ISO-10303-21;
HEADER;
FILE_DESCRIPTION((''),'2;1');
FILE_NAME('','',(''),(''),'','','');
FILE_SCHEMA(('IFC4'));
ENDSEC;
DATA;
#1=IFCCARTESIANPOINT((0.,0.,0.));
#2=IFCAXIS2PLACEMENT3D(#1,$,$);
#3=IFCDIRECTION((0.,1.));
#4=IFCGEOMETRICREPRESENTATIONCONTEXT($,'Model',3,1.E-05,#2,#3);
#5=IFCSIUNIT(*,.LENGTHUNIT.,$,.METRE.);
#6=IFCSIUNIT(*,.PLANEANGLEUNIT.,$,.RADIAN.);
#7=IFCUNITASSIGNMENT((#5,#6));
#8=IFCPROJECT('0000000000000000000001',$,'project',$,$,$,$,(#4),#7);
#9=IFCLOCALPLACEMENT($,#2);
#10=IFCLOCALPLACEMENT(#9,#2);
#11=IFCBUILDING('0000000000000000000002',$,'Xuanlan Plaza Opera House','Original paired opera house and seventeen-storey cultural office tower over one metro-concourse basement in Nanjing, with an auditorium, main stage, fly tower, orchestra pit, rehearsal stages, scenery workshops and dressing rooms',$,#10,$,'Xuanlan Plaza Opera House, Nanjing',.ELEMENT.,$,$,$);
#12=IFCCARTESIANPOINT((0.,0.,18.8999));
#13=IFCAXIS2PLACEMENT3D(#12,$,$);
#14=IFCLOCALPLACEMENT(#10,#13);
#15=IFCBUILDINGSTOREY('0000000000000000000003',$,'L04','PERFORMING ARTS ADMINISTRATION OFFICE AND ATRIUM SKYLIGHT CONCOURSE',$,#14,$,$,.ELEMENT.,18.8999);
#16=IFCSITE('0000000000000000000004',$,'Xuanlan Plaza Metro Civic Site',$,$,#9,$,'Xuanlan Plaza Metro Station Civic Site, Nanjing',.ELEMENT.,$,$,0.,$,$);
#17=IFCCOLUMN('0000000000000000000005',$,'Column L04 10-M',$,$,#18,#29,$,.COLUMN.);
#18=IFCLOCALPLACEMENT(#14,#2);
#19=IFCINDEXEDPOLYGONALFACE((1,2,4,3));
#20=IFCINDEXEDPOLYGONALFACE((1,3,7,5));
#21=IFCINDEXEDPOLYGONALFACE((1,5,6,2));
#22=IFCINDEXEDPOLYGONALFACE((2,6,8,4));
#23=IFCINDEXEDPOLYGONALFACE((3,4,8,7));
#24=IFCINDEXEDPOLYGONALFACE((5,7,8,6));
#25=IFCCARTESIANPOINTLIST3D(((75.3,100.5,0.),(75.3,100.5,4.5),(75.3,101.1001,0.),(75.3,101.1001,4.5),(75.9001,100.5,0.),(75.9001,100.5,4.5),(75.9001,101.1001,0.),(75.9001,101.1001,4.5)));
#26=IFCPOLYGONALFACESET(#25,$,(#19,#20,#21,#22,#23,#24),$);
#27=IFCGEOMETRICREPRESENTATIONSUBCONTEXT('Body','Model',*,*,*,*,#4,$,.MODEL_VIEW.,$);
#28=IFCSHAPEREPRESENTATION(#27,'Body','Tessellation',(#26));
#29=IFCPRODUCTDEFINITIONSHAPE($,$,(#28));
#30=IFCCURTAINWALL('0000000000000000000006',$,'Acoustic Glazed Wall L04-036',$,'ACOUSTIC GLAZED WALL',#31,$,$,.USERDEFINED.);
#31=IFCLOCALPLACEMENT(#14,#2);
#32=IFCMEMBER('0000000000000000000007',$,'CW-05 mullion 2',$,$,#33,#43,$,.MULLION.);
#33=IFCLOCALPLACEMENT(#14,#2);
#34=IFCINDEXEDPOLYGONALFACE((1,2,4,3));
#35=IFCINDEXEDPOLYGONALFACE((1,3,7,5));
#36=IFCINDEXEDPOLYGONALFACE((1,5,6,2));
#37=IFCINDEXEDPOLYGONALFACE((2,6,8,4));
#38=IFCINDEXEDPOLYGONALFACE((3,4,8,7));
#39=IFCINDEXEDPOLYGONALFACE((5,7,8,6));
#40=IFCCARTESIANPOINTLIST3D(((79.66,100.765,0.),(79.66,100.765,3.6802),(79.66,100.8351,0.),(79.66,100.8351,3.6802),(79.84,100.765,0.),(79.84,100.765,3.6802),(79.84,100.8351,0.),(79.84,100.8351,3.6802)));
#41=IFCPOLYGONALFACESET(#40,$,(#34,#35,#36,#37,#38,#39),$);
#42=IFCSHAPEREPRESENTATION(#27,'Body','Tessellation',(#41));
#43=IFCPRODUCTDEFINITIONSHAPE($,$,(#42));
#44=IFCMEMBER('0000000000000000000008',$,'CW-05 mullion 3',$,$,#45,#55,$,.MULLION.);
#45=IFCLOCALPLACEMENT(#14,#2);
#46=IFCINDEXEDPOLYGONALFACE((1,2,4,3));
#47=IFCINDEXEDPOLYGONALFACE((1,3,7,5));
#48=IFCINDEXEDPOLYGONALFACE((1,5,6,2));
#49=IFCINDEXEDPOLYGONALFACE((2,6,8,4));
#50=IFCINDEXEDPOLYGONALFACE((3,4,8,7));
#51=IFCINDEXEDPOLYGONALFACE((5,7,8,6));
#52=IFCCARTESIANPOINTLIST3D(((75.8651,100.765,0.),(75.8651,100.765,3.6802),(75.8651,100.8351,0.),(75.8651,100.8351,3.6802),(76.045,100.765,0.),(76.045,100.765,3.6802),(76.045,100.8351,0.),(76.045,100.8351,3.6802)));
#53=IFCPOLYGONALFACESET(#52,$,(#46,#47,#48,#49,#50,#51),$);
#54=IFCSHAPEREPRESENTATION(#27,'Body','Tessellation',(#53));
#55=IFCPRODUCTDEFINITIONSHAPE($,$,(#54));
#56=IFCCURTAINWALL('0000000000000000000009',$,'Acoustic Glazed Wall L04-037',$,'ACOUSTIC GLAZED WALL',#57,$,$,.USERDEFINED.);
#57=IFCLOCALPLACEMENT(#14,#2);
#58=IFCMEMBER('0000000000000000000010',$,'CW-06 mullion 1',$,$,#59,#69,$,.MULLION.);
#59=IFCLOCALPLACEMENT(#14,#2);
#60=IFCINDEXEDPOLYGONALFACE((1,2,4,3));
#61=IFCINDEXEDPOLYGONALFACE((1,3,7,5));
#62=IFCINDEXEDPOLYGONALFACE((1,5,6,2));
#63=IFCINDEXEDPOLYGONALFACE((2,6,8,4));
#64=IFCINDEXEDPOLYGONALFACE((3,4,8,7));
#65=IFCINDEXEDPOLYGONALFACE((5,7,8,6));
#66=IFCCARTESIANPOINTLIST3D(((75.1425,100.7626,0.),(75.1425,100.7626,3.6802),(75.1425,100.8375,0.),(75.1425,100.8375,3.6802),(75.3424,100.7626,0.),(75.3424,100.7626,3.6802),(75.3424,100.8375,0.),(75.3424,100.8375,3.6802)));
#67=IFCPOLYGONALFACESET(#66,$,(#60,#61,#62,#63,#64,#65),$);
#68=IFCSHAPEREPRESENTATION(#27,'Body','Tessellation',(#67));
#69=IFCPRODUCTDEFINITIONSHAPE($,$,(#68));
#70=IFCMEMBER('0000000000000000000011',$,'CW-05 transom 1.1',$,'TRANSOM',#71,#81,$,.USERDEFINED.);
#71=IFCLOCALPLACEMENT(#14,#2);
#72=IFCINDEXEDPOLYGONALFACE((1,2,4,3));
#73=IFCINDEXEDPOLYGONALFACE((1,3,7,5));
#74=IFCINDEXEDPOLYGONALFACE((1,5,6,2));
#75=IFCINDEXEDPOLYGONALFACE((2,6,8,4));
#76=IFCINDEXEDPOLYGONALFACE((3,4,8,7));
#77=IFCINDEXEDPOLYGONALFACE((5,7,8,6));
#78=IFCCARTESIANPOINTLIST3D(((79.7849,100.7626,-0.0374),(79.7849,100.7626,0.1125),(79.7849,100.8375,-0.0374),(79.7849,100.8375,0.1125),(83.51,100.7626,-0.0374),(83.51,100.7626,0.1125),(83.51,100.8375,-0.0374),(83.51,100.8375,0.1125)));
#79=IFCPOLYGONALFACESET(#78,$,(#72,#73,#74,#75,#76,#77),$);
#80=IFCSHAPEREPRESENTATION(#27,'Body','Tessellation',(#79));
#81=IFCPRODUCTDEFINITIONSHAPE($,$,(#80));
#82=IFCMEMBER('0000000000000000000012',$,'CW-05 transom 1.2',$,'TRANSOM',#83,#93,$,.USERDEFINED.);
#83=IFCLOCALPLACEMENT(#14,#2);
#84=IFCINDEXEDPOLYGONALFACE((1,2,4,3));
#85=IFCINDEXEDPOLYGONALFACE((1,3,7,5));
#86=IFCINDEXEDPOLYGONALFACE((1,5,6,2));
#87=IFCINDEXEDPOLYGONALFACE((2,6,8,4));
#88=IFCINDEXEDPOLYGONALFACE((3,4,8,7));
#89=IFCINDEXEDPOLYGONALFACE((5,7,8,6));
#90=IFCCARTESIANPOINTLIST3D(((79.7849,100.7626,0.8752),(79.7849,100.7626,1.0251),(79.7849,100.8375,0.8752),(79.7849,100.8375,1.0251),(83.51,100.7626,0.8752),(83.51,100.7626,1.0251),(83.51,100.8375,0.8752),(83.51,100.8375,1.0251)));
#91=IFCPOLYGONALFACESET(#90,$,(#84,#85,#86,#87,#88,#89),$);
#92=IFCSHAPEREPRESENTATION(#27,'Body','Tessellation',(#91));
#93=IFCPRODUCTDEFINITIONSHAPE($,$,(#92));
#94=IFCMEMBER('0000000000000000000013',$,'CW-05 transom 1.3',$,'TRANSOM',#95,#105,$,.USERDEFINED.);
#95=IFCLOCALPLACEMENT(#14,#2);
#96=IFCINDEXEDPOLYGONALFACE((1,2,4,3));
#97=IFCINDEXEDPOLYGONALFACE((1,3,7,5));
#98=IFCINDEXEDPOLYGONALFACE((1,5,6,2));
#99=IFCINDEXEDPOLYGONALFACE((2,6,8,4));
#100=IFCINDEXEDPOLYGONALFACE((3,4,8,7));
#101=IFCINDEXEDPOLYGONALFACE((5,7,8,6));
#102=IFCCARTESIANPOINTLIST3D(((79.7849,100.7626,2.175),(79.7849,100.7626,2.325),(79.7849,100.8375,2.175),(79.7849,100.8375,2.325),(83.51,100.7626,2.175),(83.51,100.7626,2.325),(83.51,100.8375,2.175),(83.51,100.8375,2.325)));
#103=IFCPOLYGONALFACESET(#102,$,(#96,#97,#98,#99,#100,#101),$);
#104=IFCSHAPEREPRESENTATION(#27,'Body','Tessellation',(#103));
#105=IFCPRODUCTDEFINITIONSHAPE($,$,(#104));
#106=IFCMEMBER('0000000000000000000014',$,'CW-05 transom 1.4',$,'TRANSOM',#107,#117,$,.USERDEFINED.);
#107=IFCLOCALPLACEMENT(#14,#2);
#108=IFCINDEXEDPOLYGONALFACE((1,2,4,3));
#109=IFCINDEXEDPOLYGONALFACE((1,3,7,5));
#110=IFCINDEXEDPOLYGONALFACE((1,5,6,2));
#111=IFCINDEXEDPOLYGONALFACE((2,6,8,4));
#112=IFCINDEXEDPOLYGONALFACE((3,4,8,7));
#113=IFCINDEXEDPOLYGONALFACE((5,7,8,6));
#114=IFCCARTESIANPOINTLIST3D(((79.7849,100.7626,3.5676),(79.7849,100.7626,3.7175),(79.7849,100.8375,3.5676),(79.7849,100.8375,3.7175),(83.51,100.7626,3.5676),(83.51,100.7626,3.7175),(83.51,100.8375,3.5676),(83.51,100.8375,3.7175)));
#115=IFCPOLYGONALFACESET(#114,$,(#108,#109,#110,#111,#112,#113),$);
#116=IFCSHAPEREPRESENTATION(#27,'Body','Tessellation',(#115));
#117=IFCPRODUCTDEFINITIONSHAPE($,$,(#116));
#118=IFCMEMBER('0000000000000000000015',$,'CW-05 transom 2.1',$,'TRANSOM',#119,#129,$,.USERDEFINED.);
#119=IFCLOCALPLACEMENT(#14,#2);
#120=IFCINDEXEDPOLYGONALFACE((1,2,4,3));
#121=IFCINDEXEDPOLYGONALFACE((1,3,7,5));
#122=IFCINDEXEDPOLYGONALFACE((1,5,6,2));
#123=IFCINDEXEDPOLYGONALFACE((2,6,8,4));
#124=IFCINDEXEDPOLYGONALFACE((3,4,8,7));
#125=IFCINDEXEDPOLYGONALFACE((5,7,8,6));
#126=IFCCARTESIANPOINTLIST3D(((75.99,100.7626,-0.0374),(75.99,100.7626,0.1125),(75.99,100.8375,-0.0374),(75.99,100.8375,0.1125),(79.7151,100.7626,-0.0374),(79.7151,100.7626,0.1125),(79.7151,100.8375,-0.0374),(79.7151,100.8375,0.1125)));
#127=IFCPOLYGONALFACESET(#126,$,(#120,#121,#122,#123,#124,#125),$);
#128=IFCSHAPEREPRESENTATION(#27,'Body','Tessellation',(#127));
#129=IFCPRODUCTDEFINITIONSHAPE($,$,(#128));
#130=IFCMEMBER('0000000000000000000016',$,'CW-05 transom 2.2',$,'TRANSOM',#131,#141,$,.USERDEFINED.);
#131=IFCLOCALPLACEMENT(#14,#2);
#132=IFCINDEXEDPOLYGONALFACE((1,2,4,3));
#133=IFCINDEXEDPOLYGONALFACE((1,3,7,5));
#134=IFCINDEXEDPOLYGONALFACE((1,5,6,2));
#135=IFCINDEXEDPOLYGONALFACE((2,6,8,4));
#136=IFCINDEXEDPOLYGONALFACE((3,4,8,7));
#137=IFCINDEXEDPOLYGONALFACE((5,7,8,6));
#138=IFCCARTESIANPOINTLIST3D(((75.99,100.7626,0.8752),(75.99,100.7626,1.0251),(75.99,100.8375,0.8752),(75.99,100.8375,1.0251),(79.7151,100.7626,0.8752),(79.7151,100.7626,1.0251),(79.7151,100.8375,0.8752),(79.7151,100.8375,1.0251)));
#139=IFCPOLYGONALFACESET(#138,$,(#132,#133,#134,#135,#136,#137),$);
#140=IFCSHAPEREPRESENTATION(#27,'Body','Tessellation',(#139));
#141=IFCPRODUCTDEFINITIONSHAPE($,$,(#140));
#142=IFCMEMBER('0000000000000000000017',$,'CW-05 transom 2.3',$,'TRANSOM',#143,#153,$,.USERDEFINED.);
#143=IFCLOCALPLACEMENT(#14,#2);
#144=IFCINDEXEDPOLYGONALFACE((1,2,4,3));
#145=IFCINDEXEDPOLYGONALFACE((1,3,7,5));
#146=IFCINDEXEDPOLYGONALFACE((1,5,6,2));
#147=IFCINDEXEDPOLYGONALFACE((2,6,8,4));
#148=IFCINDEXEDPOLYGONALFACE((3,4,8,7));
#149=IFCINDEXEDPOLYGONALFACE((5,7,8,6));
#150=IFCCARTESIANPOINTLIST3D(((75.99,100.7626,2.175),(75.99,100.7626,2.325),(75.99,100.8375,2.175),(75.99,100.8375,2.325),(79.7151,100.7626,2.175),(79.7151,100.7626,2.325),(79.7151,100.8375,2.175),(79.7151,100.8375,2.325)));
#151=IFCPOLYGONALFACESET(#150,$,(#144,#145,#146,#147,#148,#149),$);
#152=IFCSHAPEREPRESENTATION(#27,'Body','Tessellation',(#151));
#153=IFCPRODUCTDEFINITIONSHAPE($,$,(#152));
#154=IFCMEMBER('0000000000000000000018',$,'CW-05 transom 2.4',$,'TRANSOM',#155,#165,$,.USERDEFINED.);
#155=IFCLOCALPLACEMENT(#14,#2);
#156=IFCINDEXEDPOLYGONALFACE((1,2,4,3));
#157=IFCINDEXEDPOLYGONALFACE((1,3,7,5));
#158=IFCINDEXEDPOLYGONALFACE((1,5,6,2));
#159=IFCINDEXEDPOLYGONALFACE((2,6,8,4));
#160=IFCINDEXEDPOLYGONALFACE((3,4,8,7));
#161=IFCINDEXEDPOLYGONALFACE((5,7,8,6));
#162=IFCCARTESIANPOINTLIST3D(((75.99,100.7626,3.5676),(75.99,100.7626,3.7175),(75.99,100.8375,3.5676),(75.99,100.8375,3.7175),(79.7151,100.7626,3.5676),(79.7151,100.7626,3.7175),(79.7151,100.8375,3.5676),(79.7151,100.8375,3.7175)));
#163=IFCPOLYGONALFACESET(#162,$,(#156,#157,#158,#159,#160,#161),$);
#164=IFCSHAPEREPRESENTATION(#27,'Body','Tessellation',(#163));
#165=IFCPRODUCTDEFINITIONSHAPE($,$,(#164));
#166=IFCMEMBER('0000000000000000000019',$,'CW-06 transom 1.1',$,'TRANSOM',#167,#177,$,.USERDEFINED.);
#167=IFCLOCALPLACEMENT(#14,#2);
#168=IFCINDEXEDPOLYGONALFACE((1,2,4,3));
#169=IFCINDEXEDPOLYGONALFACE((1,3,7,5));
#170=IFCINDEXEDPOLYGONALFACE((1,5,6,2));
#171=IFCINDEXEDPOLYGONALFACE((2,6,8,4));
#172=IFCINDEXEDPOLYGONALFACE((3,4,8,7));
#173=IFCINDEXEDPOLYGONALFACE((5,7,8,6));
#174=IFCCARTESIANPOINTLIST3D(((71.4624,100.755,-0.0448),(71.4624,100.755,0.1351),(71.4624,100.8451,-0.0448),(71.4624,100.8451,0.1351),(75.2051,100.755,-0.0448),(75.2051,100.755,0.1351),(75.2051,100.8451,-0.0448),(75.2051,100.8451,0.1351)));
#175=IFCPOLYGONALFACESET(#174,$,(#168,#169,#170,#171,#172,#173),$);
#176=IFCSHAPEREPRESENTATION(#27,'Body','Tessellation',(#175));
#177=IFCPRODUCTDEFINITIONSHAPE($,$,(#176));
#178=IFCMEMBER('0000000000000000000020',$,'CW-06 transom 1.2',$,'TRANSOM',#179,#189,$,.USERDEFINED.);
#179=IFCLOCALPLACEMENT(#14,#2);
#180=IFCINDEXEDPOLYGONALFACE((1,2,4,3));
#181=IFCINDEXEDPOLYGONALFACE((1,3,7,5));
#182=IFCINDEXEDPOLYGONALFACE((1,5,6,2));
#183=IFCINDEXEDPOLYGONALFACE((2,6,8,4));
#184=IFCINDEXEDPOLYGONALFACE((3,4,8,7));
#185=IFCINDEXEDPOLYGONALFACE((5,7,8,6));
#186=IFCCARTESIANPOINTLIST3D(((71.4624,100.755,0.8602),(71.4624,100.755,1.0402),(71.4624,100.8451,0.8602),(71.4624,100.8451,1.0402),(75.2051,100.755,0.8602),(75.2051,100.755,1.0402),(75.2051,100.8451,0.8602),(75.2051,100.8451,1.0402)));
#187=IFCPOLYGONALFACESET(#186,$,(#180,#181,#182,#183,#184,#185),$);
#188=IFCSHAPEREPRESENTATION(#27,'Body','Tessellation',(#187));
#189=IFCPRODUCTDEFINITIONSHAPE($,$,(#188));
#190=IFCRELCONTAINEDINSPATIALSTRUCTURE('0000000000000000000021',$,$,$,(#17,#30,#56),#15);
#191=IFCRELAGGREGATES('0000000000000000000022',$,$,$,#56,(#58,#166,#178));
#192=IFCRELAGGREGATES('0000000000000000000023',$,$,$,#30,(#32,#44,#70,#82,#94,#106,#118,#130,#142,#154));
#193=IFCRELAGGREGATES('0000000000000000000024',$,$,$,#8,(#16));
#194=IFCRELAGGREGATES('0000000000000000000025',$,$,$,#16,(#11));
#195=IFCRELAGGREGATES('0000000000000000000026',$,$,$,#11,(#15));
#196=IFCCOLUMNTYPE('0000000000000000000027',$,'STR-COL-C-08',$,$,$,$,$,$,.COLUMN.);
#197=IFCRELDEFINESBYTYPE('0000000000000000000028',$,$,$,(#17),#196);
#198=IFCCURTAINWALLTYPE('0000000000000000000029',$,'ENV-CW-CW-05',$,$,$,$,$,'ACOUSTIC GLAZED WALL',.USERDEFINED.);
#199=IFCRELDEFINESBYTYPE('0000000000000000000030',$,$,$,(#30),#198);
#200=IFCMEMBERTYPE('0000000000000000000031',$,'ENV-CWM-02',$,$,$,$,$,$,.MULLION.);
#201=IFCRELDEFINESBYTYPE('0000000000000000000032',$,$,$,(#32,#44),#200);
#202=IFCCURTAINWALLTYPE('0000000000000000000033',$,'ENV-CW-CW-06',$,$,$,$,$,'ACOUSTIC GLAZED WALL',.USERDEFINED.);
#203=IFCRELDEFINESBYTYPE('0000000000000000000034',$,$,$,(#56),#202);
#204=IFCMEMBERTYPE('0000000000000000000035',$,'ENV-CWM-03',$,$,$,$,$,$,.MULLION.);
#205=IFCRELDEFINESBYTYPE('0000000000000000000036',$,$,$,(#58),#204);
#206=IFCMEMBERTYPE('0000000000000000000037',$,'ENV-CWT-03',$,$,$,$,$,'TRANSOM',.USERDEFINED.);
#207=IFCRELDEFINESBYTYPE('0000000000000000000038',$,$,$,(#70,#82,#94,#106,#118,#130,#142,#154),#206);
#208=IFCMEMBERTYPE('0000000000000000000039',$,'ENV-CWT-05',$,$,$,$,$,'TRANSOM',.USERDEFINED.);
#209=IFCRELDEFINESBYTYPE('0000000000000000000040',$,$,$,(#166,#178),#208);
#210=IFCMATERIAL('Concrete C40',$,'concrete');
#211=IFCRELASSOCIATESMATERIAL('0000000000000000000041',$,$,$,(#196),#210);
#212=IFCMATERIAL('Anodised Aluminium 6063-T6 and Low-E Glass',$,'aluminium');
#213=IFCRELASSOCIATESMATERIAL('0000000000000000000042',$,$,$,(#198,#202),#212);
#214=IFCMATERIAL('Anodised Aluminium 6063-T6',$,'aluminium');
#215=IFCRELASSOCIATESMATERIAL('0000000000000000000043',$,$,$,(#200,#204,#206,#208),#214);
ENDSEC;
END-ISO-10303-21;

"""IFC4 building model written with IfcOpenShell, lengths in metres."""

from ifc_helpers import new_model, si_unit, direction, frame, origin, origin_2d, place, context, subcontext, project, spatial, rectangle, extrude, material, material_profile, profile_set, type_object, element, aggregate, save


model = new_model("IFC4")

# Units and contexts
model_context = context("Model", 3, precision=1e-05, world=origin(), true_north=direction((0.0, 1.0)))
body_context = subcontext(model_context, "Body", "Model", "MODEL_VIEW")
ifc_project = project(units=[si_unit("LENGTHUNIT", "METRE"), si_unit("PLANEANGLEUNIT", "RADIAN")], contexts=[model_context])

# Site, building, storey
site_placement = place(None, origin())
site = spatial("IfcSite", under=ifc_project, at=site_placement, Name="Xuanlan Plaza Metro Civic Site", LongName="Xuanlan Plaza Metro Station Civic Site, Nanjing", CompositionType="ELEMENT", RefElevation=0.0)
building_placement = place(site_placement, origin())
building = spatial("IfcBuilding", under=site, at=building_placement, Name="Xuanlan Plaza Opera House", Description="Original paired opera house and seventeen-storey cultural office tower over one metro-concourse basement in Nanjing, with an auditorium, main stage, fly tower, orchestra pit, rehearsal stages, scenery workshops and dressing rooms", LongName="Xuanlan Plaza Opera House, Nanjing", CompositionType="ELEMENT")
storey_placement = place(building_placement, frame((0.0, 0.0, 18.8999)))
storey = spatial("IfcBuildingStorey", under=building, at=storey_placement, Name="L04", Description="PERFORMING ARTS ADMINISTRATION OFFICE AND ATRIUM SKYLIGHT CONCOURSE", CompositionType="ELEMENT", Elevation=18.8999)

# Column
ifc_material_1 = material(Name="Concrete C40", Category="concrete")
ifc_material_profile_1 = material_profile(ifc_material_1, rectangle(XDim=0.6001, YDim=0.6001, at=origin_2d()), Name="RC-COL 600x600")
ifc_profile_set_1 = profile_set([ifc_material_profile_1], Name="Concrete C40")
column_type = type_object("IfcColumnType", Name="STR-COL-C-08", PredefinedType="COLUMN", material=ifc_profile_set_1)
column_placement = place(storey_placement, frame((75.6001, 100.8, 0.0), z_axis=(0.0, 0.0, 1.0), x_axis=(1.0, 0.0, 0.0)))
element("IfcColumn", 1, at=column_placement, inside=storey, type_object=column_type, Name="Column L04 10-M", PredefinedType="COLUMN", context=body_context, shape_type="SweptSolid", body=[
    extrude(rectangle(XDim=0.6001, YDim=0.6001, at=origin_2d()), origin(), (0.0, 0.0, 1.0), 4.5),
])

# Curtain wall, members
ifc_material_2 = material(Name="Anodised Aluminium 6063-T6 and Low-E Glass", Category="aluminium")
curtain_wall_type_1 = type_object("IfcCurtainWallType", Name="ENV-CW-CW-05", ElementType="ACOUSTIC GLAZED WALL", PredefinedType="USERDEFINED", material=ifc_material_2)
curtain_wall_1_placement = place(storey_placement, origin())
curtain_wall_1 = element("IfcCurtainWall", 2, at=curtain_wall_1_placement, inside=storey, type_object=curtain_wall_type_1, Name="Acoustic Glazed Wall L04-036", ObjectType="ACOUSTIC GLAZED WALL", PredefinedType="USERDEFINED")
ifc_material_3 = material(Name="Anodised Aluminium 6063-T6", Category="aluminium")
ifc_material_profile_2 = material_profile(ifc_material_3, rectangle(XDim=0.0701, YDim=0.1799, at=origin_2d()), Name="ALU-M 70x180")
ifc_profile_set_2 = profile_set([ifc_material_profile_2], Name="Anodised Aluminium 6063-T6")
member_type_1 = type_object("IfcMemberType", Name="ENV-CWM-02", PredefinedType="MULLION", material=ifc_profile_set_2)
member_1_placement = place(storey_placement, frame((79.75, 100.8, 0.0), z_axis=(0.0, 0.0, 1.0), x_axis=(0.0, -1.0, 0.0)))
member_1 = element("IfcMember", 3, at=member_1_placement, type_object=member_type_1, Name="CW-05 mullion 2", PredefinedType="MULLION", context=body_context, shape_type="SweptSolid", body=[
    extrude(rectangle(XDim=0.0701, YDim=0.1799, at=origin_2d()), origin(), (0.0, 0.0, 1.0), 3.6802),
])
member_2_placement = place(storey_placement, frame((75.9551, 100.8, 0.0), z_axis=(0.0, 0.0, 1.0), x_axis=(0.0, -1.0, 0.0)))
member_2 = element("IfcMember", 4, at=member_2_placement, type_object=member_type_1, Name="CW-05 mullion 3", PredefinedType="MULLION", context=body_context, shape_type="SweptSolid", body=[
    extrude(rectangle(XDim=0.0701, YDim=0.1799, at=origin_2d()), origin(), (0.0, 0.0, 1.0), 3.6802),
])

# Curtain wall, member
curtain_wall_type_2 = type_object("IfcCurtainWallType", Name="ENV-CW-CW-06", ElementType="ACOUSTIC GLAZED WALL", PredefinedType="USERDEFINED", material=ifc_material_2)
curtain_wall_2_placement = place(storey_placement, origin())
curtain_wall_2 = element("IfcCurtainWall", 5, at=curtain_wall_2_placement, inside=storey, type_object=curtain_wall_type_2, Name="Acoustic Glazed Wall L04-037", ObjectType="ACOUSTIC GLAZED WALL", PredefinedType="USERDEFINED")
ifc_material_profile_3 = material_profile(ifc_material_3, rectangle(XDim=0.075, YDim=0.2, at=origin_2d()), Name="ALU-M 75x200")
ifc_profile_set_3 = profile_set([ifc_material_profile_3], Name="Anodised Aluminium 6063-T6")
member_type_2 = type_object("IfcMemberType", Name="ENV-CWM-03", PredefinedType="MULLION", material=ifc_profile_set_3)
member_3_placement = place(storey_placement, frame((75.2424, 100.8, 0.0), z_axis=(0.0, 0.0, 1.0), x_axis=(0.0, -1.0, 0.0)))
member_3 = element("IfcMember", 6, at=member_3_placement, type_object=member_type_2, Name="CW-06 mullion 1", PredefinedType="MULLION", context=body_context, shape_type="SweptSolid", body=[
    extrude(rectangle(XDim=0.075, YDim=0.2, at=origin_2d()), origin(), (0.0, 0.0, 1.0), 3.6802),
])

# Members
ifc_material_profile_4 = material_profile(ifc_material_3, rectangle(XDim=0.075, YDim=0.1499, at=origin_2d()), Name="ALU-T 75x150")
ifc_profile_set_4 = profile_set([ifc_material_profile_4], Name="Anodised Aluminium 6063-T6")
member_type_3 = type_object("IfcMemberType", Name="ENV-CWT-03", ElementType="TRANSOM", PredefinedType="USERDEFINED", material=ifc_profile_set_4)
member_4_placement = place(storey_placement, frame((83.51, 100.8, 0.0376), z_axis=(-1.0, 0.0, 0.0), x_axis=(0.0, -1.0, 0.0)))
member_4 = element("IfcMember", 7, at=member_4_placement, type_object=member_type_3, Name="CW-05 transom 1.1", ObjectType="TRANSOM", PredefinedType="USERDEFINED", context=body_context, shape_type="SweptSolid", body=[
    extrude(rectangle(XDim=0.075, YDim=0.1499, at=origin_2d()), origin(), (0.0, 0.0, 1.0), 3.7251),
])
member_5_placement = place(storey_placement, frame((83.51, 100.8, 0.9502), z_axis=(-1.0, 0.0, 0.0), x_axis=(0.0, -1.0, 0.0)))
member_5 = element("IfcMember", 8, at=member_5_placement, type_object=member_type_3, Name="CW-05 transom 1.2", ObjectType="TRANSOM", PredefinedType="USERDEFINED", context=body_context, shape_type="SweptSolid", body=[
    extrude(rectangle(XDim=0.075, YDim=0.1499, at=origin_2d()), origin(), (0.0, 0.0, 1.0), 3.7251),
])
member_6_placement = place(storey_placement, frame((83.51, 100.8, 2.25), z_axis=(-1.0, 0.0, 0.0), x_axis=(0.0, -1.0, 0.0)))
member_6 = element("IfcMember", 9, at=member_6_placement, type_object=member_type_3, Name="CW-05 transom 1.3", ObjectType="TRANSOM", PredefinedType="USERDEFINED", context=body_context, shape_type="SweptSolid", body=[
    extrude(rectangle(XDim=0.075, YDim=0.1499, at=origin_2d()), origin(), (0.0, 0.0, 1.0), 3.7251),
])
member_7_placement = place(storey_placement, frame((83.51, 100.8, 3.6426), z_axis=(-1.0, 0.0, 0.0), x_axis=(0.0, -1.0, 0.0)))
member_7 = element("IfcMember", 10, at=member_7_placement, type_object=member_type_3, Name="CW-05 transom 1.4", ObjectType="TRANSOM", PredefinedType="USERDEFINED", context=body_context, shape_type="SweptSolid", body=[
    extrude(rectangle(XDim=0.075, YDim=0.1499, at=origin_2d()), origin(), (0.0, 0.0, 1.0), 3.7251),
])
member_8_placement = place(storey_placement, frame((79.7151, 100.8, 0.0376), z_axis=(-1.0, 0.0, 0.0), x_axis=(0.0, -1.0, 0.0)))
member_8 = element("IfcMember", 11, at=member_8_placement, type_object=member_type_3, Name="CW-05 transom 2.1", ObjectType="TRANSOM", PredefinedType="USERDEFINED", context=body_context, shape_type="SweptSolid", body=[
    extrude(rectangle(XDim=0.075, YDim=0.1499, at=origin_2d()), origin(), (0.0, 0.0, 1.0), 3.7251),
])
member_9_placement = place(storey_placement, frame((79.7151, 100.8, 0.9502), z_axis=(-1.0, 0.0, 0.0), x_axis=(0.0, -1.0, 0.0)))
member_9 = element("IfcMember", 12, at=member_9_placement, type_object=member_type_3, Name="CW-05 transom 2.2", ObjectType="TRANSOM", PredefinedType="USERDEFINED", context=body_context, shape_type="SweptSolid", body=[
    extrude(rectangle(XDim=0.075, YDim=0.1499, at=origin_2d()), origin(), (0.0, 0.0, 1.0), 3.7251),
])
member_10_placement = place(storey_placement, frame((79.7151, 100.8, 2.25), z_axis=(-1.0, 0.0, 0.0), x_axis=(0.0, -1.0, 0.0)))
member_10 = element("IfcMember", 13, at=member_10_placement, type_object=member_type_3, Name="CW-05 transom 2.3", ObjectType="TRANSOM", PredefinedType="USERDEFINED", context=body_context, shape_type="SweptSolid", body=[
    extrude(rectangle(XDim=0.075, YDim=0.1499, at=origin_2d()), origin(), (0.0, 0.0, 1.0), 3.7251),
])
member_11_placement = place(storey_placement, frame((79.7151, 100.8, 3.6426), z_axis=(-1.0, 0.0, 0.0), x_axis=(0.0, -1.0, 0.0)))
member_11 = element("IfcMember", 14, at=member_11_placement, type_object=member_type_3, Name="CW-05 transom 2.4", ObjectType="TRANSOM", PredefinedType="USERDEFINED", context=body_context, shape_type="SweptSolid", body=[
    extrude(rectangle(XDim=0.075, YDim=0.1499, at=origin_2d()), origin(), (0.0, 0.0, 1.0), 3.7251),
])
ifc_material_profile_5 = material_profile(ifc_material_3, rectangle(XDim=0.0901, YDim=0.1799, at=origin_2d()), Name="ALU-T 90x180")
ifc_profile_set_5 = profile_set([ifc_material_profile_5], Name="Anodised Aluminium 6063-T6")
member_type_4 = type_object("IfcMemberType", Name="ENV-CWT-05", ElementType="TRANSOM", PredefinedType="USERDEFINED", material=ifc_profile_set_5)
member_12_placement = place(storey_placement, frame((75.2051, 100.8, 0.0452), z_axis=(-1.0, 0.0, 0.0), x_axis=(0.0, -1.0, 0.0)))
member_12 = element("IfcMember", 15, at=member_12_placement, type_object=member_type_4, Name="CW-06 transom 1.1", ObjectType="TRANSOM", PredefinedType="USERDEFINED", context=body_context, shape_type="SweptSolid", body=[
    extrude(rectangle(XDim=0.0901, YDim=0.1799, at=origin_2d()), origin(), (0.0, 0.0, 1.0), 3.7427),
])
member_13_placement = place(storey_placement, frame((75.2051, 100.8, 0.9502), z_axis=(-1.0, 0.0, 0.0), x_axis=(0.0, -1.0, 0.0)))
member_13 = element("IfcMember", 16, at=member_13_placement, type_object=member_type_4, Name="CW-06 transom 1.2", ObjectType="TRANSOM", PredefinedType="USERDEFINED", context=body_context, shape_type="SweptSolid", body=[
    extrude(rectangle(XDim=0.0901, YDim=0.1799, at=origin_2d()), origin(), (0.0, 0.0, 1.0), 3.7427),
])

aggregate(curtain_wall_2, [member_3, member_12, member_13])
aggregate(curtain_wall_1, [member_1, member_2, member_4, member_5, member_6, member_7, member_8, member_9, member_10, member_11])

save(model, "model.ifc")
